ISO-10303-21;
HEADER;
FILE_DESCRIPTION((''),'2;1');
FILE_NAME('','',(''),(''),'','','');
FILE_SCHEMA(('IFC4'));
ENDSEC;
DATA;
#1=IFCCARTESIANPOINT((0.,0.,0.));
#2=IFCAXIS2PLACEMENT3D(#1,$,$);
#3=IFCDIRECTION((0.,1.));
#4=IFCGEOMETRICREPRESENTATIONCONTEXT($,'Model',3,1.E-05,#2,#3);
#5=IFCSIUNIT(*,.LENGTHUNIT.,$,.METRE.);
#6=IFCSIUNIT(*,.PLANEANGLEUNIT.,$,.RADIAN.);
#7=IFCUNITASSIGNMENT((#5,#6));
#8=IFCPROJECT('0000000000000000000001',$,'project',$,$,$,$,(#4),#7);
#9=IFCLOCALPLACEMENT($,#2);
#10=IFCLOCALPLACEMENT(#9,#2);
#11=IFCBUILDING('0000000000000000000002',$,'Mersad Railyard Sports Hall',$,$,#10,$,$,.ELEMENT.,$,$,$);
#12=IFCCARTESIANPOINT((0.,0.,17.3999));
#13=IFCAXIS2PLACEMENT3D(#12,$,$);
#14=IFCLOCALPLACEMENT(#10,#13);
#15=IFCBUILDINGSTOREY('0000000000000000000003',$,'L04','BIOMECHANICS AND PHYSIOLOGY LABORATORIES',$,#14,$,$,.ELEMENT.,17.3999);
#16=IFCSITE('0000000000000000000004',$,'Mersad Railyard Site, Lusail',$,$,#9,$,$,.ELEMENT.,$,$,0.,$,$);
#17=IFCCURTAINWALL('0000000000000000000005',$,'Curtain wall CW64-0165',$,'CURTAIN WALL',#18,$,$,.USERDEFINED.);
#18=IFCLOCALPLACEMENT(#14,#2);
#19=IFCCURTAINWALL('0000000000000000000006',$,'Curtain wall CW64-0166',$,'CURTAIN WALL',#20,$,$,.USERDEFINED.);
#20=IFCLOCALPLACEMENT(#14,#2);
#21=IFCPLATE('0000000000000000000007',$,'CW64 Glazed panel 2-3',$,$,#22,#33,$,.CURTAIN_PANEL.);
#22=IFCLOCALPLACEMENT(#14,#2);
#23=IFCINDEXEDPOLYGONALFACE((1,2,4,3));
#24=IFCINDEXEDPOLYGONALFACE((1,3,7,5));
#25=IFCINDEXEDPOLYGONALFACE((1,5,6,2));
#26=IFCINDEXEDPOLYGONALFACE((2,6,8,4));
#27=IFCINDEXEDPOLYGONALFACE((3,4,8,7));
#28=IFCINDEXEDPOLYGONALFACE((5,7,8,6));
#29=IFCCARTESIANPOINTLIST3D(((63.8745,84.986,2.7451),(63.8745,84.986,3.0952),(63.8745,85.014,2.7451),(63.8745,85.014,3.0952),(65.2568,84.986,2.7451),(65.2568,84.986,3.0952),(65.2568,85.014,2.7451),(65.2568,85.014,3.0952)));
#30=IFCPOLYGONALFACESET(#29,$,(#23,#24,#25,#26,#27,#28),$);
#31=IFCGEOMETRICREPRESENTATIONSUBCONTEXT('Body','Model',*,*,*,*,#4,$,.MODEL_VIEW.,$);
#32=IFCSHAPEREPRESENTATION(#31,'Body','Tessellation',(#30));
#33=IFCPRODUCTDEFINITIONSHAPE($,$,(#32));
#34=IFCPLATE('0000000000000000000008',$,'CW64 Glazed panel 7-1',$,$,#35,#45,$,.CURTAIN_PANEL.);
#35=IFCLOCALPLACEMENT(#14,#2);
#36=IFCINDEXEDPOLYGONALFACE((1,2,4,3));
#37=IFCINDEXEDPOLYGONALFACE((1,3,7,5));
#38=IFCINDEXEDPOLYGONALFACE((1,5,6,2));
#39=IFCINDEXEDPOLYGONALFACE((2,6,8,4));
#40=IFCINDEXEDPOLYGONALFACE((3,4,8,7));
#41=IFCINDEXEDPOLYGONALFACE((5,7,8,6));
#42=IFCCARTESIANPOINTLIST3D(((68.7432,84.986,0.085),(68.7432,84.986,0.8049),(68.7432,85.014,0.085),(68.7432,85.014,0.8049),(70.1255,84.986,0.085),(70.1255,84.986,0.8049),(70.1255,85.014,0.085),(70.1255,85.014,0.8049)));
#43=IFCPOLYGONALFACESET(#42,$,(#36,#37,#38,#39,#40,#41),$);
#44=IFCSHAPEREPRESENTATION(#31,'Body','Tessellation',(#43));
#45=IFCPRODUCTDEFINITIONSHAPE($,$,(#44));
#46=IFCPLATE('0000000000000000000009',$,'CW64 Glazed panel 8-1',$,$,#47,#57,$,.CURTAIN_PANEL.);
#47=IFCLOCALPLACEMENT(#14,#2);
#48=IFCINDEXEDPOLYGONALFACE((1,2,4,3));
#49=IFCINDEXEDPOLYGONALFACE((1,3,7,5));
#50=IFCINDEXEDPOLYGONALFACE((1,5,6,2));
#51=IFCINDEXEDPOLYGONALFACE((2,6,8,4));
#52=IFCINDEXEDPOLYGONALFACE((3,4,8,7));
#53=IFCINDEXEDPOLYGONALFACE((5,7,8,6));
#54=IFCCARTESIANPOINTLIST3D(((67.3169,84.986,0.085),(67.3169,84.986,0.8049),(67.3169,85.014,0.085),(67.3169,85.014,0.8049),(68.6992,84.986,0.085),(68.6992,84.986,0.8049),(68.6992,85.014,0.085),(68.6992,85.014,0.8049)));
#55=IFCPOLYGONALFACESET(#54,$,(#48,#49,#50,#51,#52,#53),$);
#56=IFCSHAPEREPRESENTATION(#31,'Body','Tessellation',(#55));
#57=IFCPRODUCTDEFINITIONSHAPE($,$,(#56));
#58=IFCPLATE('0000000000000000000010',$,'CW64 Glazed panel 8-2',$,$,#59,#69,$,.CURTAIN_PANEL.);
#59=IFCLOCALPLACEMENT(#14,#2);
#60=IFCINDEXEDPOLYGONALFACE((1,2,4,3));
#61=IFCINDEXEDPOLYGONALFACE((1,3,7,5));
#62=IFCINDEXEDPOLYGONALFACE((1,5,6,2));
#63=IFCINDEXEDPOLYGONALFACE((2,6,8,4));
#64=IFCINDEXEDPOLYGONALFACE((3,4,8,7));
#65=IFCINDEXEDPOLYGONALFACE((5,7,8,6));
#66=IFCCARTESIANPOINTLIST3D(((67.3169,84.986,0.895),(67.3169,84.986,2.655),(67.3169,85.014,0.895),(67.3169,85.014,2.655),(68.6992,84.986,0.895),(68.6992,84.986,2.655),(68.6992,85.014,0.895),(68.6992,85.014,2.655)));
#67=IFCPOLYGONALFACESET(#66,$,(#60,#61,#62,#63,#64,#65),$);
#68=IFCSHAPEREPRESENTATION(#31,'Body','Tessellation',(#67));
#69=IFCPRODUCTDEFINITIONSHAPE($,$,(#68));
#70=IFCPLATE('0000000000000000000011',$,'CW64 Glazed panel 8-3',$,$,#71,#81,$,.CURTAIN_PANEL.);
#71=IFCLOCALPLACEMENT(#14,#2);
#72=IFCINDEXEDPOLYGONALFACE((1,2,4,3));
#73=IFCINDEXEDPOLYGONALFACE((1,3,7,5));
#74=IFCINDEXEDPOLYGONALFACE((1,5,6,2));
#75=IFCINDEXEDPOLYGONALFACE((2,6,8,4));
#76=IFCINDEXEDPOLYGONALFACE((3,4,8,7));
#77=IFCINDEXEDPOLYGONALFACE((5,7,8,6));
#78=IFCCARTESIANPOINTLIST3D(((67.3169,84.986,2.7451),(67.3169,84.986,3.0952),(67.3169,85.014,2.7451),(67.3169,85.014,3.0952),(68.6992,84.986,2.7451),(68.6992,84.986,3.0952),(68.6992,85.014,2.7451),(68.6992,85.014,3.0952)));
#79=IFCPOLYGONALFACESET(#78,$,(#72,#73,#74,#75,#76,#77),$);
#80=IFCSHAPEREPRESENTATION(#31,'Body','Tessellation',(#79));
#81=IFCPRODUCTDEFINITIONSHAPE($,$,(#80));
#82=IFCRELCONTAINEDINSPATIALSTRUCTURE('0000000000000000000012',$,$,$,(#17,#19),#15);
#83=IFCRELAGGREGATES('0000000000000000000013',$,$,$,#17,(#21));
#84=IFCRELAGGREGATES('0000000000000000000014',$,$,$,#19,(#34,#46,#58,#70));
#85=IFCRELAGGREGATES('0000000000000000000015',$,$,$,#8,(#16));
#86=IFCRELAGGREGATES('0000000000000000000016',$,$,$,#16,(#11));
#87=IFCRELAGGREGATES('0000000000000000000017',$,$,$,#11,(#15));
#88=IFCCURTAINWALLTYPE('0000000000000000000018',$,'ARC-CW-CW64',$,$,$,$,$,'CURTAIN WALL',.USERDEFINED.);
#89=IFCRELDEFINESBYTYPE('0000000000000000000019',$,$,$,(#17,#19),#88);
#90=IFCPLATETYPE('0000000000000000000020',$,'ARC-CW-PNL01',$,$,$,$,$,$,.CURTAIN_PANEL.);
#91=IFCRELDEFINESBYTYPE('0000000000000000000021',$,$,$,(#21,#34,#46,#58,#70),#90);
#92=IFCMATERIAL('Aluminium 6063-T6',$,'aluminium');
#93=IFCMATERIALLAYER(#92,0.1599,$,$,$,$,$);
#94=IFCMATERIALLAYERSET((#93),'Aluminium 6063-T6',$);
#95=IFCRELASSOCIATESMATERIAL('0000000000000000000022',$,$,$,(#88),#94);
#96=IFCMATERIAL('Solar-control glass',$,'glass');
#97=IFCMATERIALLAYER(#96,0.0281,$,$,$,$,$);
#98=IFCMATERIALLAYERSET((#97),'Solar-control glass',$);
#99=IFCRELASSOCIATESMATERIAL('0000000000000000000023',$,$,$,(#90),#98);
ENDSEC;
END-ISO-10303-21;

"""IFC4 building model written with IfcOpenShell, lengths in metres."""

from ifc_helpers import new_model, si_unit, direction, frame, origin, origin_2d, place, context, subcontext, project, spatial, rectangle, extrude, material, layer, layer_set, type_object, element, aggregate, save


model = new_model("IFC4")

# Units and contexts
model_context = context("Model", 3, precision=1e-05, world=origin(), true_north=direction((0.0, 1.0)))
body_context = subcontext(model_context, "Body", "Model", "MODEL_VIEW")
ifc_project = project(units=[si_unit("LENGTHUNIT", "METRE"), si_unit("PLANEANGLEUNIT", "RADIAN")], contexts=[model_context])

# Site, building, storey
site_placement = place(None, origin())
site = spatial("IfcSite", under=ifc_project, at=site_placement, Name="Mersad Railyard Site, Lusail", CompositionType="ELEMENT", RefElevation=0.0)
building_placement = place(site_placement, origin())
building = spatial("IfcBuilding", under=site, at=building_placement, Name="Mersad Railyard Sports Hall", CompositionType="ELEMENT")
storey_placement = place(building_placement, frame((0.0, 0.0, 17.3999)))
storey = spatial("IfcBuildingStorey", under=building, at=storey_placement, Name="L04", Description="BIOMECHANICS AND PHYSIOLOGY LABORATORIES", CompositionType="ELEMENT", Elevation=17.3999)

# Curtain walls
ifc_material_1 = material(Name="Aluminium 6063-T6", Category="aluminium")
ifc_layer_1 = layer(ifc_material_1, 0.1599)
ifc_layer_set_1 = layer_set([ifc_layer_1], Name="Aluminium 6063-T6")
curtain_wall_type = type_object("IfcCurtainWallType", Name="ARC-CW-CW64", ElementType="CURTAIN WALL", PredefinedType="USERDEFINED", material=ifc_layer_set_1)
curtain_wall_1_placement = place(storey_placement, origin())
curtain_wall_1 = element("IfcCurtainWall", 1, at=curtain_wall_1_placement, inside=storey, type_object=curtain_wall_type, Name="Curtain wall CW64-0165", ObjectType="CURTAIN WALL", PredefinedType="USERDEFINED")
curtain_wall_2_placement = place(storey_placement, origin())
curtain_wall_2 = element("IfcCurtainWall", 2, at=curtain_wall_2_placement, inside=storey, type_object=curtain_wall_type, Name="Curtain wall CW64-0166", ObjectType="CURTAIN WALL", PredefinedType="USERDEFINED")

# Plates
ifc_material_2 = material(Name="Solar-control glass", Category="glass")
ifc_layer_2 = layer(ifc_material_2, 0.0281)
ifc_layer_set_2 = layer_set([ifc_layer_2], Name="Solar-control glass")
plate_type = type_object("IfcPlateType", Name="ARC-CW-PNL01", PredefinedType="CURTAIN_PANEL", material=ifc_layer_set_2)
plate_1_placement = place(storey_placement, frame((64.5657, 85.0, 2.7451), z_axis=(0.0, 0.0, 1.0), x_axis=(-1.0, 0.0, 0.0)))
plate_1 = element("IfcPlate", 3, at=plate_1_placement, type_object=plate_type, Name="CW64 Glazed panel 2-3", PredefinedType="CURTAIN_PANEL", context=body_context, shape_type="SweptSolid", body=[
    extrude(rectangle(XDim=1.3823, YDim=0.0281, at=origin_2d()), origin(), (0.0, 0.0, 1.0), 0.3501),
])
aggregate(curtain_wall_1, [plate_1])
plate_2_placement = place(storey_placement, frame((69.4343, 85.0, 0.085), z_axis=(0.0, 0.0, 1.0), x_axis=(-1.0, 0.0, 0.0)))
plate_2 = element("IfcPlate", 4, at=plate_2_placement, type_object=plate_type, Name="CW64 Glazed panel 7-1", PredefinedType="CURTAIN_PANEL", context=body_context, shape_type="SweptSolid", body=[
    extrude(rectangle(XDim=1.3823, YDim=0.0281, at=origin_2d()), origin(), (0.0, 0.0, 1.0), 0.72),
])
plate_3_placement = place(storey_placement, frame((68.0081, 85.0, 0.085), z_axis=(0.0, 0.0, 1.0), x_axis=(-1.0, 0.0, 0.0)))
plate_3 = element("IfcPlate", 5, at=plate_3_placement, type_object=plate_type, Name="CW64 Glazed panel 8-1", PredefinedType="CURTAIN_PANEL", context=body_context, shape_type="SweptSolid", body=[
    extrude(rectangle(XDim=1.3823, YDim=0.0281, at=origin_2d()), origin(), (0.0, 0.0, 1.0), 0.72),
])
plate_4_placement = place(storey_placement, frame((68.0081, 85.0, 0.895), z_axis=(0.0, 0.0, 1.0), x_axis=(-1.0, 0.0, 0.0)))
plate_4 = element("IfcPlate", 6, at=plate_4_placement, type_object=plate_type, Name="CW64 Glazed panel 8-2", PredefinedType="CURTAIN_PANEL", context=body_context, shape_type="SweptSolid", body=[
    extrude(rectangle(XDim=1.3823, YDim=0.0281, at=origin_2d()), origin(), (0.0, 0.0, 1.0), 1.76),
])
plate_5_placement = place(storey_placement, frame((68.0081, 85.0, 2.7451), z_axis=(0.0, 0.0, 1.0), x_axis=(-1.0, 0.0, 0.0)))
plate_5 = element("IfcPlate", 7, at=plate_5_placement, type_object=plate_type, Name="CW64 Glazed panel 8-3", PredefinedType="CURTAIN_PANEL", context=body_context, shape_type="SweptSolid", body=[
    extrude(rectangle(XDim=1.3823, YDim=0.0281, at=origin_2d()), origin(), (0.0, 0.0, 1.0), 0.3501),
])
aggregate(curtain_wall_2, [plate_2, plate_3, plate_4, plate_5])

save(model, "model.ifc")
